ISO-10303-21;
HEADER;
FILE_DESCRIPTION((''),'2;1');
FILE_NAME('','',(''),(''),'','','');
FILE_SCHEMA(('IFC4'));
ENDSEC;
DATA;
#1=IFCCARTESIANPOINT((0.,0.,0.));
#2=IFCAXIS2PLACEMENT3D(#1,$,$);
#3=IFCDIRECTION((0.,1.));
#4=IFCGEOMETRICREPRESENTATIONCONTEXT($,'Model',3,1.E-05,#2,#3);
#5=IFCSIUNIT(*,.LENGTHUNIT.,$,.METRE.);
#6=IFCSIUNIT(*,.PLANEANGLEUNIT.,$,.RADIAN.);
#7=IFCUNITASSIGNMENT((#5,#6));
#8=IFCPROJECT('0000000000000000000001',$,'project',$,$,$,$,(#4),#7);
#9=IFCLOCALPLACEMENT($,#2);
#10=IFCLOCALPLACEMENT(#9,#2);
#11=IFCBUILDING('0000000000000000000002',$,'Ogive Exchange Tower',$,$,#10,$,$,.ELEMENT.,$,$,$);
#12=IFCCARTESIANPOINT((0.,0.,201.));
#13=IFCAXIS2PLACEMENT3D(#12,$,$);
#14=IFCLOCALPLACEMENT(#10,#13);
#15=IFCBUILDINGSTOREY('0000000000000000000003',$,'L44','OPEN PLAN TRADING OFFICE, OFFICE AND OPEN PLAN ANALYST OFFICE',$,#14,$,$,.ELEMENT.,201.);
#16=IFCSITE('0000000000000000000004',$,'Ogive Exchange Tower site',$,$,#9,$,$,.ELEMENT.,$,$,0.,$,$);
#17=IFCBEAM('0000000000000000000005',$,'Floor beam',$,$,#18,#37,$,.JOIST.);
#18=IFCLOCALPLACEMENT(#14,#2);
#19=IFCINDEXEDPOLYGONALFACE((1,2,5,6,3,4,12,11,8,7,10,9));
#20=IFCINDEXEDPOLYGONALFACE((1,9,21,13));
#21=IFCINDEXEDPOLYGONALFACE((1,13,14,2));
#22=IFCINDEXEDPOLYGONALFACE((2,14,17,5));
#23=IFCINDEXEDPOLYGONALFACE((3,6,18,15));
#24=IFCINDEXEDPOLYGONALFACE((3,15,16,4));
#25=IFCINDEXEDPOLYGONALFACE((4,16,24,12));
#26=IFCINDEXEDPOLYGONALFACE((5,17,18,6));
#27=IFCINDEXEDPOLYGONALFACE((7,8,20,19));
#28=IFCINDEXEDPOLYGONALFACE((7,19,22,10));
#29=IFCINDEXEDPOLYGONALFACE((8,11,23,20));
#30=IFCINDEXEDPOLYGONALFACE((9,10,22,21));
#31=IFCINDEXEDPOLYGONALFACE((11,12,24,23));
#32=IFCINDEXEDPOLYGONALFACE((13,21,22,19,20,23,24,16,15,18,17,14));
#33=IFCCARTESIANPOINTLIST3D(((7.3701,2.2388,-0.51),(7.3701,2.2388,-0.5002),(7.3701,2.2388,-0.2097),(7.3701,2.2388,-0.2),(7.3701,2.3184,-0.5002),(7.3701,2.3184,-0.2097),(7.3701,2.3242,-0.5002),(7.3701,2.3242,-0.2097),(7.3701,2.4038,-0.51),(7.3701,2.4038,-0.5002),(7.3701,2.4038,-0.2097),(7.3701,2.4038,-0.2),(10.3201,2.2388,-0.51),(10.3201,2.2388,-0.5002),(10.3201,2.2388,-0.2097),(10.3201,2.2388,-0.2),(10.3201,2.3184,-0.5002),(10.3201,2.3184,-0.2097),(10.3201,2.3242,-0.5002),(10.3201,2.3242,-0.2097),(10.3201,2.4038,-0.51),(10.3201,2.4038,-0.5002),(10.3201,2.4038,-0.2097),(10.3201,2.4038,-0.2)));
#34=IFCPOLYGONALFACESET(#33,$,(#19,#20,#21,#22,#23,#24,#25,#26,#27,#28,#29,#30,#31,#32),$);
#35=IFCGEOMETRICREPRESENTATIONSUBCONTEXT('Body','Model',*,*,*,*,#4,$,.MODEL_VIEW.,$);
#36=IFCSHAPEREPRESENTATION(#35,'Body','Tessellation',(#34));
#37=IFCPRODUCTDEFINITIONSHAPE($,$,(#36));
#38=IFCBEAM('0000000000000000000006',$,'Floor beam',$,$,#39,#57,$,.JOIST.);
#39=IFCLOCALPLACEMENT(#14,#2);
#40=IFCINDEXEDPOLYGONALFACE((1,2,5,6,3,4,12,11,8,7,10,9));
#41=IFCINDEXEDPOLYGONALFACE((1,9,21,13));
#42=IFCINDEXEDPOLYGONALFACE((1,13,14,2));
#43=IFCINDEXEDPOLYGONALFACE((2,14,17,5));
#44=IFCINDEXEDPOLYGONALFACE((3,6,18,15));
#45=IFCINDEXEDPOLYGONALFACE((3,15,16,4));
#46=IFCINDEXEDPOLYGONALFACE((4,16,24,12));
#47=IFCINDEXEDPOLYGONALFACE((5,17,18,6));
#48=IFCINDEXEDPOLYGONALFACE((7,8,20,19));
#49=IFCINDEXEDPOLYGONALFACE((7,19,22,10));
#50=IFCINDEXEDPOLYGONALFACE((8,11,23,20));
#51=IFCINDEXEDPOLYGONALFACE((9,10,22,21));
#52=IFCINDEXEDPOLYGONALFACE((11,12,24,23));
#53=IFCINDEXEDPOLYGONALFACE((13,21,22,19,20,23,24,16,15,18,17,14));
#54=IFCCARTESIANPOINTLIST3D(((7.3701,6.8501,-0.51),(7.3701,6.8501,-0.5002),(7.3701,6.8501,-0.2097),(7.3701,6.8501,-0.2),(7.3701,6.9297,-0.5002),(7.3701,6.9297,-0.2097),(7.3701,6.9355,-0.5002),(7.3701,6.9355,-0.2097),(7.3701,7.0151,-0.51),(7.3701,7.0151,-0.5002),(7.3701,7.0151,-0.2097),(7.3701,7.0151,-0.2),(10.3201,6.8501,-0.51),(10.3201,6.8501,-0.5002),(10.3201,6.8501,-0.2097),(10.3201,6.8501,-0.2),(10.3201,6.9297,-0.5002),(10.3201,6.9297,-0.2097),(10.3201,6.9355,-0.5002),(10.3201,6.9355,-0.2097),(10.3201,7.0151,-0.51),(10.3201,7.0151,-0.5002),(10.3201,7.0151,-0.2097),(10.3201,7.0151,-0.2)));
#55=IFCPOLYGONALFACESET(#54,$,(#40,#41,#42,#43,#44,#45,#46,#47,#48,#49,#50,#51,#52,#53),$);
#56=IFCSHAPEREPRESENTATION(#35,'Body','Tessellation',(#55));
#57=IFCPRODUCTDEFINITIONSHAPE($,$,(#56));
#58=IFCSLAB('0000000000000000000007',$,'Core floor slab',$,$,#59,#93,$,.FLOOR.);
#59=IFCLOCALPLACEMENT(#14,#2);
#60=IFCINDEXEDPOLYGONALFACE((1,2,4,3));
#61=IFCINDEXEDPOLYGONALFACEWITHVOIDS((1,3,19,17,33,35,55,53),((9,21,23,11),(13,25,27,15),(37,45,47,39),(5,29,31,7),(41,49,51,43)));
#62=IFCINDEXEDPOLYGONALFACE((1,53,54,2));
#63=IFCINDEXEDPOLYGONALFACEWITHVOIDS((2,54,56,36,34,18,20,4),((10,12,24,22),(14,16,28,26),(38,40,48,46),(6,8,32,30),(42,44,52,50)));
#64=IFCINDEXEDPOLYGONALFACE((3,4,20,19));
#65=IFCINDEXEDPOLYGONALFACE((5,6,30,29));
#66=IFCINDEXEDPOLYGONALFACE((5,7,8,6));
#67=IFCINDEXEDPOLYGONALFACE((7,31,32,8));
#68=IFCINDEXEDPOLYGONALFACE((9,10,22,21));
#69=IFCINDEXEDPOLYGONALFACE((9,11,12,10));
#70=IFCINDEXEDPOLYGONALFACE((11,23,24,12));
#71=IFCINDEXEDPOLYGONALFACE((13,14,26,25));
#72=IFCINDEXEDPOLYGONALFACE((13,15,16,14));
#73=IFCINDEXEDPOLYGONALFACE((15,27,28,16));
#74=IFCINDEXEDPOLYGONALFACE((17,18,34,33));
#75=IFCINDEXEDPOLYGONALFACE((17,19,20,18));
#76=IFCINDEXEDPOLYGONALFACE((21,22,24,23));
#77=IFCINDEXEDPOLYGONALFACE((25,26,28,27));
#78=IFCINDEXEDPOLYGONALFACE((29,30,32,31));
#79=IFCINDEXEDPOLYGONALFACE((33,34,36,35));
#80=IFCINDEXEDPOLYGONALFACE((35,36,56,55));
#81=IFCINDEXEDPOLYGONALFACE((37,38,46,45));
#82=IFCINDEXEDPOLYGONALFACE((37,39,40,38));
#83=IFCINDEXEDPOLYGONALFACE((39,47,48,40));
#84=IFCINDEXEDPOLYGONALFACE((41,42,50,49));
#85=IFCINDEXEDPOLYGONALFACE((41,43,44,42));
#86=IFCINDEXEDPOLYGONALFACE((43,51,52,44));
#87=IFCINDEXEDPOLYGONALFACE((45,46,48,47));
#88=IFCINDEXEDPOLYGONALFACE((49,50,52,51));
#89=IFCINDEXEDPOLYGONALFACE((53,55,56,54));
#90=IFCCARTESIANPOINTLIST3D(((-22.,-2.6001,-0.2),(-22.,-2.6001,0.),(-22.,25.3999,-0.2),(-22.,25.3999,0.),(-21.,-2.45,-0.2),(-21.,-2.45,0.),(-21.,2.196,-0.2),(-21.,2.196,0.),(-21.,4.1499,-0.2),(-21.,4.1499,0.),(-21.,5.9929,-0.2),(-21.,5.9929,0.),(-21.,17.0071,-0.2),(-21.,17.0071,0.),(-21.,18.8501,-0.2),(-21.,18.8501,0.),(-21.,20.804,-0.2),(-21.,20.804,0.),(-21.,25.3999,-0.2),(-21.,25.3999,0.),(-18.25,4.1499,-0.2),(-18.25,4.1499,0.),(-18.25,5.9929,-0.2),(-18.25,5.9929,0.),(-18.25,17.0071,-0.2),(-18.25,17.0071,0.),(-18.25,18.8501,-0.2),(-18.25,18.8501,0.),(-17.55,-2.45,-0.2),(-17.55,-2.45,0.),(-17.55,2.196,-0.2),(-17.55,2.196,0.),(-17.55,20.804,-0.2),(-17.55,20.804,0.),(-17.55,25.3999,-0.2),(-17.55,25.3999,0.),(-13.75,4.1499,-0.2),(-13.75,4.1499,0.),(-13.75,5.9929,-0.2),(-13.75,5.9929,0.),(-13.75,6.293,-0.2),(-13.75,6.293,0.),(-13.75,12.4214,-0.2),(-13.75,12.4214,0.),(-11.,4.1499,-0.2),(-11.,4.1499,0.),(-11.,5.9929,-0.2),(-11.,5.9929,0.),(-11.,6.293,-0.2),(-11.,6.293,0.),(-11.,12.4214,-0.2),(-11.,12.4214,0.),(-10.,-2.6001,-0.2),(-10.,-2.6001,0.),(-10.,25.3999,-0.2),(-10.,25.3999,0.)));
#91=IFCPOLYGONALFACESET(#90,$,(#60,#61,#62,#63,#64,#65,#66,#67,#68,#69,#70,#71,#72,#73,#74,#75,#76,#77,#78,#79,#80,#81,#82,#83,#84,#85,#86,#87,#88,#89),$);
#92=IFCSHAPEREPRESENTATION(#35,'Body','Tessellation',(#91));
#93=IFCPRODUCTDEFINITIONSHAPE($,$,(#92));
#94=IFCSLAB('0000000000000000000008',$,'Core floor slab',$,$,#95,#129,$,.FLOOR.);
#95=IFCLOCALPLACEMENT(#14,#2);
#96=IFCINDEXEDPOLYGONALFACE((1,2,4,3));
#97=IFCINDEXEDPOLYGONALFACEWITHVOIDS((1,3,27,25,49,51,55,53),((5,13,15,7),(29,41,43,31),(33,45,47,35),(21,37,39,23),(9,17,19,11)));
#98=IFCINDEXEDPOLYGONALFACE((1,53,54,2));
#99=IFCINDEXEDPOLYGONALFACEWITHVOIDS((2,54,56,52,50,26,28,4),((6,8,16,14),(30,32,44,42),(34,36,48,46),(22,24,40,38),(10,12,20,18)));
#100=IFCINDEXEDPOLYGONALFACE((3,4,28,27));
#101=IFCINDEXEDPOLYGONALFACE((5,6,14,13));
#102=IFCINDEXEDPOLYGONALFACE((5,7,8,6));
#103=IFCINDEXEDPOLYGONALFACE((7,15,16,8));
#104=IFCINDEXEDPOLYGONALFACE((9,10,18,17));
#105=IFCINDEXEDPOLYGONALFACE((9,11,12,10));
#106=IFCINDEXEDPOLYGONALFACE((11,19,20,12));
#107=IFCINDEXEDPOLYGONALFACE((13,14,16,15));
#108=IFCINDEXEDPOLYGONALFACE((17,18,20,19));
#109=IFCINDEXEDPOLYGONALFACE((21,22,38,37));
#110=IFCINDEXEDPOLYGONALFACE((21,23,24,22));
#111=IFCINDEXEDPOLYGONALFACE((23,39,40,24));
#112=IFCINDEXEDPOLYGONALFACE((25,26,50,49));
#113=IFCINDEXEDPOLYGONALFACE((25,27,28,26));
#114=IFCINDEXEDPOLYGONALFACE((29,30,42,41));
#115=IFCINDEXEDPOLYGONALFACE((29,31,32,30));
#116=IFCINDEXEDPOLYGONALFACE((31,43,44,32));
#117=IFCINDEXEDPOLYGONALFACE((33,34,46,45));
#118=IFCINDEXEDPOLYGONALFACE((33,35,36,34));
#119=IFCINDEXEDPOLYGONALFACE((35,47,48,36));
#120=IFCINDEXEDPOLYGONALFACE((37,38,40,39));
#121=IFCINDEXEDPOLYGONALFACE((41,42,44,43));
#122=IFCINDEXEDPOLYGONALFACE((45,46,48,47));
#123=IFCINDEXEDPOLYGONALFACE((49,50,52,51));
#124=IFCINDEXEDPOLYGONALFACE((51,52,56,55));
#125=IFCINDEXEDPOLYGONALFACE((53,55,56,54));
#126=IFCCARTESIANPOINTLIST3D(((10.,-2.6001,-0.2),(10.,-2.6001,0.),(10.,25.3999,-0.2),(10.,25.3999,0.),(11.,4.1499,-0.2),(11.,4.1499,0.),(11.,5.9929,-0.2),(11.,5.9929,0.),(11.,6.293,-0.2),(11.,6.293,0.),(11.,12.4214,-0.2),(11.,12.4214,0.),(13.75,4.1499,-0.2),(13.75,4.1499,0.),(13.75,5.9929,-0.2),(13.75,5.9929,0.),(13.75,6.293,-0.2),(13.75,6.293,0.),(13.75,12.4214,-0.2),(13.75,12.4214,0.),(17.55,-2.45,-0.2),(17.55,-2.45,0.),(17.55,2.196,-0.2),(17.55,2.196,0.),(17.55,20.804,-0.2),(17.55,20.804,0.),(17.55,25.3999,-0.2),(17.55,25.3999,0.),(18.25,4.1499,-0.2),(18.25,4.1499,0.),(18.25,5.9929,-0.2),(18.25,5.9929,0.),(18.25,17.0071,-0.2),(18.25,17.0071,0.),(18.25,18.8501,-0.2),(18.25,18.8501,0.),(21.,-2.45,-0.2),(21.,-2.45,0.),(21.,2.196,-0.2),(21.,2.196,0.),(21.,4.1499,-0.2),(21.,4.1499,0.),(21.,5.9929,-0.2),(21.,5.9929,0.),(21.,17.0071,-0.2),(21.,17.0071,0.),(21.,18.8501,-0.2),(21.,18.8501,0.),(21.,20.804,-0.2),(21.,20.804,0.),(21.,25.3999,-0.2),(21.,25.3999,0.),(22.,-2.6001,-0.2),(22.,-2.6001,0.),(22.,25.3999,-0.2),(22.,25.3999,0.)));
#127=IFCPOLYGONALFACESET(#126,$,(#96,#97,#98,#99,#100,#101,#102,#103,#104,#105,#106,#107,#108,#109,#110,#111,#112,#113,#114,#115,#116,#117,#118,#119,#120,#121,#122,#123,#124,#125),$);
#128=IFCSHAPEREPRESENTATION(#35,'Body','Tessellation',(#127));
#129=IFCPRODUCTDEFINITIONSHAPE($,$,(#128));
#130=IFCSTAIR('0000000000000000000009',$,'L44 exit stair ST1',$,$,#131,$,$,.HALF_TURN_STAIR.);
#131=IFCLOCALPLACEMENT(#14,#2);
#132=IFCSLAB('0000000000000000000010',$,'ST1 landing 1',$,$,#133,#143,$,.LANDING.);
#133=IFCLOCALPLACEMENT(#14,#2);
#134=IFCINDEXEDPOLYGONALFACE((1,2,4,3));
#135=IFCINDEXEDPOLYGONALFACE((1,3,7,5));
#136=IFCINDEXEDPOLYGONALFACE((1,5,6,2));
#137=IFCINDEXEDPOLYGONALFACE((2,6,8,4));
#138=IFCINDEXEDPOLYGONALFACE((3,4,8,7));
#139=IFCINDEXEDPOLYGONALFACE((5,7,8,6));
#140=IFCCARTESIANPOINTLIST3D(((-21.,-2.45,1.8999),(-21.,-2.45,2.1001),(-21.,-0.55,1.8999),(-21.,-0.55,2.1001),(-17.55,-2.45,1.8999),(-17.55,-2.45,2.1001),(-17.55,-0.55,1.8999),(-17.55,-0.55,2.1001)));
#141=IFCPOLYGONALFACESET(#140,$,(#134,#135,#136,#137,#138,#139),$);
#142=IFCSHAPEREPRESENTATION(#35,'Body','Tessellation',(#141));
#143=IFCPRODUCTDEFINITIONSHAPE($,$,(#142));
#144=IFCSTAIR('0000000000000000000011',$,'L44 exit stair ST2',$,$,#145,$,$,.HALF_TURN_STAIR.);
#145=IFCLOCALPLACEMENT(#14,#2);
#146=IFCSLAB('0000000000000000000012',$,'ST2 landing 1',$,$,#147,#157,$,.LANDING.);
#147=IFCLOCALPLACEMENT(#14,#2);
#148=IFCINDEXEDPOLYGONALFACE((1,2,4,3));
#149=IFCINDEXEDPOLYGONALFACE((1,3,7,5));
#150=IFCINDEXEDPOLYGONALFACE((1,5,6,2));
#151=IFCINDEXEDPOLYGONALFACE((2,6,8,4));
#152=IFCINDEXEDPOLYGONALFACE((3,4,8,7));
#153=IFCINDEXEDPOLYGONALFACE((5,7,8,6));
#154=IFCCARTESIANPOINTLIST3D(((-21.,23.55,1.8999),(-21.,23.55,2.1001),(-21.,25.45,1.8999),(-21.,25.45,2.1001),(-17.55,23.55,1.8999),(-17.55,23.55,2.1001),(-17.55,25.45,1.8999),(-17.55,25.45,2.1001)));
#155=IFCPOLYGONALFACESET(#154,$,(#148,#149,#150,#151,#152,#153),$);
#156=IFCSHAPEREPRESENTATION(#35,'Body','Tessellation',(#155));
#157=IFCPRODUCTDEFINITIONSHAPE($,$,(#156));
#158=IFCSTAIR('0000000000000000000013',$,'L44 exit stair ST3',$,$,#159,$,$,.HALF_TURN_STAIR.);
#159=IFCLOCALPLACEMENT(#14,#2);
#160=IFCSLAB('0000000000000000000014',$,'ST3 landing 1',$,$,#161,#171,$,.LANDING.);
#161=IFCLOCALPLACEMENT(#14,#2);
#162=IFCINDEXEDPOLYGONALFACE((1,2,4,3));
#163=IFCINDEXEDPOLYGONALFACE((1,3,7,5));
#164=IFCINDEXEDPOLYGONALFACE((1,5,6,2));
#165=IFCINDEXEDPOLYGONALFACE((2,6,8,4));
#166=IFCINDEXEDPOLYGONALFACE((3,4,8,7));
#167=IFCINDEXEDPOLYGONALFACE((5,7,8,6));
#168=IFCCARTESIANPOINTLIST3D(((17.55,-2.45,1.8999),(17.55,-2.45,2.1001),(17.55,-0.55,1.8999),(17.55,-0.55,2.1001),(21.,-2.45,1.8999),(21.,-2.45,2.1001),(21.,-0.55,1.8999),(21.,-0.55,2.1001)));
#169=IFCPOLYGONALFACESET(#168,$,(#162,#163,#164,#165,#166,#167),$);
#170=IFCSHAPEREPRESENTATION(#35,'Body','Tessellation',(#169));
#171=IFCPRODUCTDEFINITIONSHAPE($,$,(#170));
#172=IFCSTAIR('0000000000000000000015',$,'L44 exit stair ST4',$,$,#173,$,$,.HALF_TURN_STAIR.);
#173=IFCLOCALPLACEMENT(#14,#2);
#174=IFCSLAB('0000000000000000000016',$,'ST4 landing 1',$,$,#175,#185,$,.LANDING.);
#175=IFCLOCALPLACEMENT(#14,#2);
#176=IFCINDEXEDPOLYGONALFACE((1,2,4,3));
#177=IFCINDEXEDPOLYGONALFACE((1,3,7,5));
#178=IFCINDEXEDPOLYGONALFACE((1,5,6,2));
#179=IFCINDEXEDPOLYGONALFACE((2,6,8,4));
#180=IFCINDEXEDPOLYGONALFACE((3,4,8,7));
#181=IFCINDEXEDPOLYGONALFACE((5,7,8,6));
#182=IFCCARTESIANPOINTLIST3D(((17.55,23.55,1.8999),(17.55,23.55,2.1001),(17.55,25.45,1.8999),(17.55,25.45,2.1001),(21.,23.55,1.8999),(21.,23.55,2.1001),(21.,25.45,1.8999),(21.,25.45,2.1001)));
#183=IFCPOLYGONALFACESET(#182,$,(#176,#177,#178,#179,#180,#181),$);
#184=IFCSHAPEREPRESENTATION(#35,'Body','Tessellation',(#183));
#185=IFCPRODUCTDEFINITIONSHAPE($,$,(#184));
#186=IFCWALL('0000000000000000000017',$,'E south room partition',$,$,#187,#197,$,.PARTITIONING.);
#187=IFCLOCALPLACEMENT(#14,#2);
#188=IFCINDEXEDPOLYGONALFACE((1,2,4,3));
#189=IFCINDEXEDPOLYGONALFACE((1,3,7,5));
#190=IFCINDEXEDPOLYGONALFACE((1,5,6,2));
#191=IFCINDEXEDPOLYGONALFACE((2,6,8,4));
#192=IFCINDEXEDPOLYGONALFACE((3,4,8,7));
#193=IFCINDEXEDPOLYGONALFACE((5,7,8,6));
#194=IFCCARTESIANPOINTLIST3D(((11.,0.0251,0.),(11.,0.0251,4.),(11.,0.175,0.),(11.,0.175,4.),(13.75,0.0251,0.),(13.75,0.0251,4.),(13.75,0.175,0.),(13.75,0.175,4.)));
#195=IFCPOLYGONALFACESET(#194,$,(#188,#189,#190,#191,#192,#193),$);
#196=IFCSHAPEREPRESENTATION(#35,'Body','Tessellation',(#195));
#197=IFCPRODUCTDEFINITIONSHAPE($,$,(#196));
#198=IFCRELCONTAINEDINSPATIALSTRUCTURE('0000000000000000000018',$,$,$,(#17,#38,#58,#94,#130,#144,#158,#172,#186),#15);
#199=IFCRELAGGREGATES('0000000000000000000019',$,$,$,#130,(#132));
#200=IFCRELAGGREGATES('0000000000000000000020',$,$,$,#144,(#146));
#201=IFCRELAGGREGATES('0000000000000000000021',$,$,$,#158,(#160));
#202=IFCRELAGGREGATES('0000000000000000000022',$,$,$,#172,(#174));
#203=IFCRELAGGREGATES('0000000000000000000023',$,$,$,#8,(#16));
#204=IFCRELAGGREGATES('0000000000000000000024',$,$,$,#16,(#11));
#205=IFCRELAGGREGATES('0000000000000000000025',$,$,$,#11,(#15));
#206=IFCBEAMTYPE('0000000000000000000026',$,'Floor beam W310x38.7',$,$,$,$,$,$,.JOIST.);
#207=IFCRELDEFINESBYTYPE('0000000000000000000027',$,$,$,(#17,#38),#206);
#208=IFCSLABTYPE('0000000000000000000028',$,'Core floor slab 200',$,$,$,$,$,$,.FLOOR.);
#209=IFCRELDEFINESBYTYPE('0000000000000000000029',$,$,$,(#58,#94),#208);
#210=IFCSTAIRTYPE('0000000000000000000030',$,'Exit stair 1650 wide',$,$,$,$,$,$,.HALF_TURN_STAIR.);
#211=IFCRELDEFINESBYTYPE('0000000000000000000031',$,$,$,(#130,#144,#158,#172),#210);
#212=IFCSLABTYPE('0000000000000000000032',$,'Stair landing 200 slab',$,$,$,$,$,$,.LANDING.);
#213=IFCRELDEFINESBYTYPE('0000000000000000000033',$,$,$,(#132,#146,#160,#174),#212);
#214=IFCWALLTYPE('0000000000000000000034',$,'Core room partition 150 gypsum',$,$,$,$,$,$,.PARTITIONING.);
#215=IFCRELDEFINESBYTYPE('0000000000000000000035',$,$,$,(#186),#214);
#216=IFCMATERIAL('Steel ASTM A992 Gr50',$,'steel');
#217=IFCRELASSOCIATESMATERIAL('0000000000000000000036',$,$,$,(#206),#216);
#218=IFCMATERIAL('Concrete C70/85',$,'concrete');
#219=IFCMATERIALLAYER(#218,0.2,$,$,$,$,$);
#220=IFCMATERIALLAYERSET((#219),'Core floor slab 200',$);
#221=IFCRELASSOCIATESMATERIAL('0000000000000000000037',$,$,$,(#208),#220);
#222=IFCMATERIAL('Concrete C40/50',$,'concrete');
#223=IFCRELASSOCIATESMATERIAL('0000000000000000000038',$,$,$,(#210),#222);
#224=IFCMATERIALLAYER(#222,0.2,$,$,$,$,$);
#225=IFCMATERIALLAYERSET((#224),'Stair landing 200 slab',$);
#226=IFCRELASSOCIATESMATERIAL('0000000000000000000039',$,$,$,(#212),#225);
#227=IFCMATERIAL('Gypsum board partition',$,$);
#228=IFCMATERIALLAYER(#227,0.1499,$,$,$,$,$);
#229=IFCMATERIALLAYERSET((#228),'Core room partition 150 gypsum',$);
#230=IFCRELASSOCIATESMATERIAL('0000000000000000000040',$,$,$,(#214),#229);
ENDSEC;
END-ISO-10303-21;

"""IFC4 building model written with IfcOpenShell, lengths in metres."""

from ifc_helpers import new_model, si_unit, direction, frame, frame_2d, origin, origin_2d, place, context, subcontext, project, spatial, polyline, rectangle, i_section, outline, extrude, material, layer, layer_set, material_profile, profile_set, type_object, element, aggregate, save


model = new_model("IFC4")

# Units and contexts
model_context = context("Model", 3, precision=1e-05, world=origin(), true_north=direction((0.0, 1.0)))
body_context = subcontext(model_context, "Body", "Model", "MODEL_VIEW")
ifc_project = project(units=[si_unit("LENGTHUNIT", "METRE"), si_unit("PLANEANGLEUNIT", "RADIAN")], contexts=[model_context])

# Site, building, storey
site_placement = place(None, origin())
site = spatial("IfcSite", under=ifc_project, at=site_placement, Name="Ogive Exchange Tower site", CompositionType="ELEMENT", RefElevation=0.0)
building_placement = place(site_placement, origin())
building = spatial("IfcBuilding", under=site, at=building_placement, Name="Ogive Exchange Tower", CompositionType="ELEMENT")
storey_placement = place(building_placement, frame((0.0, 0.0, 201.0)))
storey = spatial("IfcBuildingStorey", under=building, at=storey_placement, Name="L44", Description="OPEN PLAN TRADING OFFICE, OFFICE AND OPEN PLAN ANALYST OFFICE", CompositionType="ELEMENT", Elevation=201.0)

# Beams
ifc_material_1 = material(Name="Steel ASTM A992 Gr50", Category="steel")
ifc_material_profile = material_profile(ifc_material_1, i_section(OverallWidth=0.165, OverallDepth=0.3101, WebThickness=0.0059, FlangeThickness=0.0098, at=origin_2d()), Name="W310x38.7")
ifc_profile_set = profile_set([ifc_material_profile], Name="Steel ASTM A992 Gr50")
beam_type = type_object("IfcBeamType", Name="Floor beam W310x38.7", PredefinedType="JOIST", material=ifc_profile_set)
for number, where, z_axis, x_axis, name in (
    (1, (7.3701, 2.3213, -0.355), (1.0, 0.0, 0.0), (0.0, 1.0, 0.0), "Floor beam"),
    (2, (7.3701, 6.9326, -0.355), (1.0, 0.0, 0.0), (0.0, 1.0, 0.0), "Floor beam"),
):
    element("IfcBeam", number, at=place(storey_placement, frame(where, z_axis=z_axis, x_axis=x_axis)), inside=storey, type_object=beam_type, Name=name, PredefinedType="JOIST", context=body_context, shape_type="SweptSolid", body=[
        extrude(i_section(OverallWidth=0.165, OverallDepth=0.3101, WebThickness=0.0059, FlangeThickness=0.0098, at=origin_2d()), origin(), (0.0, 0.0, 1.0), 2.95),
    ])

# Slabs
ifc_material_2 = material(Name="Concrete C70/85", Category="concrete")
ifc_layer_1 = layer(ifc_material_2, 0.2)
ifc_layer_set_1 = layer_set([ifc_layer_1], Name="Core floor slab 200")
slab_type_1 = type_object("IfcSlabType", Name="Core floor slab 200", PredefinedType="FLOOR", material=ifc_layer_set_1)
slab_1_placement = place(storey_placement, frame((0.0, 0.0, -0.2)))
element("IfcSlab", 3, at=slab_1_placement, inside=storey, type_object=slab_type_1, Name="Core floor slab", PredefinedType="FLOOR", context=body_context, shape_type="SweptSolid", body=[
    extrude(outline(polyline([(-10.0, 25.3999), (-10.0, -2.6001), (-22.0, -2.6001), (-22.0, 25.3999), (-21.0, 25.3999), (-21.0, 20.804), (-17.55, 20.804), (-17.55, 25.3999), (-10.0, 25.3999)]), holes=[polyline([(-17.55, 2.196), (-21.0, 2.196), (-21.0, -2.45), (-17.55, -2.45), (-17.55, 2.196)]), polyline([(-18.25, 5.9929), (-21.0, 5.9929), (-21.0, 4.1499), (-18.25, 4.1499), (-18.25, 5.9929)]), polyline([(-11.0, 5.9929), (-13.75, 5.9929), (-13.75, 4.1499), (-11.0, 4.1499), (-11.0, 5.9929)]), polyline([(-13.75, 12.4214), (-13.75, 6.293), (-11.0, 6.293), (-11.0, 12.4214), (-13.75, 12.4214)]), polyline([(-18.25, 18.8501), (-21.0, 18.8501), (-21.0, 17.0071), (-18.25, 17.0071), (-18.25, 18.8501)])]), origin(), (0.0, 0.0, 1.0), 0.2),
])
slab_2_placement = place(storey_placement, frame((0.0, 0.0, -0.2)))
element("IfcSlab", 4, at=slab_2_placement, inside=storey, type_object=slab_type_1, Name="Core floor slab", PredefinedType="FLOOR", context=body_context, shape_type="SweptSolid", body=[
    extrude(outline(polyline([(22.0, 25.3999), (22.0, -2.6001), (10.0, -2.6001), (10.0, 25.3999), (17.55, 25.3999), (17.55, 20.804), (21.0, 20.804), (21.0, 25.3999), (22.0, 25.3999)]), holes=[polyline([(21.0, 2.196), (17.55, 2.196), (17.55, -2.45), (21.0, -2.45), (21.0, 2.196)]), polyline([(13.75, 5.9929), (11.0, 5.9929), (11.0, 4.1499), (13.75, 4.1499), (13.75, 5.9929)]), polyline([(21.0, 5.9929), (18.25, 5.9929), (18.25, 4.1499), (21.0, 4.1499), (21.0, 5.9929)]), polyline([(11.0, 12.4214), (11.0, 6.293), (13.75, 6.293), (13.75, 12.4214), (11.0, 12.4214)]), polyline([(21.0, 18.8501), (18.25, 18.8501), (18.25, 17.0071), (21.0, 17.0071), (21.0, 18.8501)])]), origin(), (0.0, 0.0, 1.0), 0.2),
])

# Stairs, slabs
ifc_material_3 = material(Name="Concrete C40/50", Category="concrete")
stair_type = type_object("IfcStairType", Name="Exit stair 1650 wide", PredefinedType="HALF_TURN_STAIR", material=ifc_material_3)
stair_1_placement = place(storey_placement, origin())
stair_1 = element("IfcStair", 5, at=stair_1_placement, inside=storey, type_object=stair_type, Name="L44 exit stair ST1", PredefinedType="HALF_TURN_STAIR")
ifc_layer_2 = layer(ifc_material_3, 0.2)
ifc_layer_set_2 = layer_set([ifc_layer_2], Name="Stair landing 200 slab")
slab_type_2 = type_object("IfcSlabType", Name="Stair landing 200 slab", PredefinedType="LANDING", material=ifc_layer_set_2)
slab_3_placement = place(storey_placement, frame((0.0, 0.0, 1.8999)))
slab_3 = element("IfcSlab", 6, at=slab_3_placement, type_object=slab_type_2, Name="ST1 landing 1", PredefinedType="LANDING", context=body_context, shape_type="SweptSolid", body=[
    extrude(outline(polyline([(-21.0, -0.55), (-21.0, -2.45), (-17.55, -2.45), (-17.55, -0.55), (-21.0, -0.55)])), origin(), (0.0, 0.0, 1.0), 0.2002),
])
aggregate(stair_1, [slab_3])
stair_2_placement = place(storey_placement, origin())
stair_2 = element("IfcStair", 7, at=stair_2_placement, inside=storey, type_object=stair_type, Name="L44 exit stair ST2", PredefinedType="HALF_TURN_STAIR")
slab_4_placement = place(storey_placement, frame((0.0, 0.0, 1.8999)))
slab_4 = element("IfcSlab", 8, at=slab_4_placement, type_object=slab_type_2, Name="ST2 landing 1", PredefinedType="LANDING", context=body_context, shape_type="SweptSolid", body=[
    extrude(outline(polyline([(-17.55, 23.55), (-17.55, 25.45), (-21.0, 25.45), (-21.0, 23.55), (-17.55, 23.55)])), origin(), (0.0, 0.0, 1.0), 0.2002),
])
aggregate(stair_2, [slab_4])
stair_3_placement = place(storey_placement, origin())
stair_3 = element("IfcStair", 9, at=stair_3_placement, inside=storey, type_object=stair_type, Name="L44 exit stair ST3", PredefinedType="HALF_TURN_STAIR")
slab_5_placement = place(storey_placement, frame((0.0, 0.0, 1.8999)))
slab_5 = element("IfcSlab", 10, at=slab_5_placement, type_object=slab_type_2, Name="ST3 landing 1", PredefinedType="LANDING", context=body_context, shape_type="SweptSolid", body=[
    extrude(outline(polyline([(17.55, -0.55), (17.55, -2.45), (21.0, -2.45), (21.0, -0.55), (17.55, -0.55)])), origin(), (0.0, 0.0, 1.0), 0.2002),
])
aggregate(stair_3, [slab_5])
stair_4_placement = place(storey_placement, origin())
stair_4 = element("IfcStair", 11, at=stair_4_placement, inside=storey, type_object=stair_type, Name="L44 exit stair ST4", PredefinedType="HALF_TURN_STAIR")
slab_6_placement = place(storey_placement, frame((0.0, 0.0, 1.8999)))
slab_6 = element("IfcSlab", 12, at=slab_6_placement, type_object=slab_type_2, Name="ST4 landing 1", PredefinedType="LANDING", context=body_context, shape_type="SweptSolid", body=[
    extrude(outline(polyline([(21.0, 23.55), (21.0, 25.45), (17.55, 25.45), (17.55, 23.55), (21.0, 23.55)])), origin(), (0.0, 0.0, 1.0), 0.2002),
])
aggregate(stair_4, [slab_6])

# Wall
ifc_material_4 = material(Name="Gypsum board partition")
ifc_layer_3 = layer(ifc_material_4, 0.1499)
ifc_layer_set_3 = layer_set([ifc_layer_3], Name="Core room partition 150 gypsum")
wall_type_1 = type_object("IfcWallType", Name="Core room partition 150 gypsum", PredefinedType="PARTITIONING", material=ifc_layer_set_3)
wall_1_placement = place(storey_placement, frame((11.0, 0.1001, 0.0), z_axis=(0.0, 0.0, 1.0), x_axis=(1.0, 0.0, 0.0)))
element("IfcWall", 13, at=wall_1_placement, inside=storey, type_object=wall_type_1, Name="E south room partition", PredefinedType="PARTITIONING", context=body_context, shape_type="SweptSolid", body=[
    extrude(rectangle(XDim=2.75, YDim=0.1499, at=frame_2d((1.375, 0.0))), origin(), (0.0, 0.0, 1.0), 4.0),
])

save(model, "model.ifc")
